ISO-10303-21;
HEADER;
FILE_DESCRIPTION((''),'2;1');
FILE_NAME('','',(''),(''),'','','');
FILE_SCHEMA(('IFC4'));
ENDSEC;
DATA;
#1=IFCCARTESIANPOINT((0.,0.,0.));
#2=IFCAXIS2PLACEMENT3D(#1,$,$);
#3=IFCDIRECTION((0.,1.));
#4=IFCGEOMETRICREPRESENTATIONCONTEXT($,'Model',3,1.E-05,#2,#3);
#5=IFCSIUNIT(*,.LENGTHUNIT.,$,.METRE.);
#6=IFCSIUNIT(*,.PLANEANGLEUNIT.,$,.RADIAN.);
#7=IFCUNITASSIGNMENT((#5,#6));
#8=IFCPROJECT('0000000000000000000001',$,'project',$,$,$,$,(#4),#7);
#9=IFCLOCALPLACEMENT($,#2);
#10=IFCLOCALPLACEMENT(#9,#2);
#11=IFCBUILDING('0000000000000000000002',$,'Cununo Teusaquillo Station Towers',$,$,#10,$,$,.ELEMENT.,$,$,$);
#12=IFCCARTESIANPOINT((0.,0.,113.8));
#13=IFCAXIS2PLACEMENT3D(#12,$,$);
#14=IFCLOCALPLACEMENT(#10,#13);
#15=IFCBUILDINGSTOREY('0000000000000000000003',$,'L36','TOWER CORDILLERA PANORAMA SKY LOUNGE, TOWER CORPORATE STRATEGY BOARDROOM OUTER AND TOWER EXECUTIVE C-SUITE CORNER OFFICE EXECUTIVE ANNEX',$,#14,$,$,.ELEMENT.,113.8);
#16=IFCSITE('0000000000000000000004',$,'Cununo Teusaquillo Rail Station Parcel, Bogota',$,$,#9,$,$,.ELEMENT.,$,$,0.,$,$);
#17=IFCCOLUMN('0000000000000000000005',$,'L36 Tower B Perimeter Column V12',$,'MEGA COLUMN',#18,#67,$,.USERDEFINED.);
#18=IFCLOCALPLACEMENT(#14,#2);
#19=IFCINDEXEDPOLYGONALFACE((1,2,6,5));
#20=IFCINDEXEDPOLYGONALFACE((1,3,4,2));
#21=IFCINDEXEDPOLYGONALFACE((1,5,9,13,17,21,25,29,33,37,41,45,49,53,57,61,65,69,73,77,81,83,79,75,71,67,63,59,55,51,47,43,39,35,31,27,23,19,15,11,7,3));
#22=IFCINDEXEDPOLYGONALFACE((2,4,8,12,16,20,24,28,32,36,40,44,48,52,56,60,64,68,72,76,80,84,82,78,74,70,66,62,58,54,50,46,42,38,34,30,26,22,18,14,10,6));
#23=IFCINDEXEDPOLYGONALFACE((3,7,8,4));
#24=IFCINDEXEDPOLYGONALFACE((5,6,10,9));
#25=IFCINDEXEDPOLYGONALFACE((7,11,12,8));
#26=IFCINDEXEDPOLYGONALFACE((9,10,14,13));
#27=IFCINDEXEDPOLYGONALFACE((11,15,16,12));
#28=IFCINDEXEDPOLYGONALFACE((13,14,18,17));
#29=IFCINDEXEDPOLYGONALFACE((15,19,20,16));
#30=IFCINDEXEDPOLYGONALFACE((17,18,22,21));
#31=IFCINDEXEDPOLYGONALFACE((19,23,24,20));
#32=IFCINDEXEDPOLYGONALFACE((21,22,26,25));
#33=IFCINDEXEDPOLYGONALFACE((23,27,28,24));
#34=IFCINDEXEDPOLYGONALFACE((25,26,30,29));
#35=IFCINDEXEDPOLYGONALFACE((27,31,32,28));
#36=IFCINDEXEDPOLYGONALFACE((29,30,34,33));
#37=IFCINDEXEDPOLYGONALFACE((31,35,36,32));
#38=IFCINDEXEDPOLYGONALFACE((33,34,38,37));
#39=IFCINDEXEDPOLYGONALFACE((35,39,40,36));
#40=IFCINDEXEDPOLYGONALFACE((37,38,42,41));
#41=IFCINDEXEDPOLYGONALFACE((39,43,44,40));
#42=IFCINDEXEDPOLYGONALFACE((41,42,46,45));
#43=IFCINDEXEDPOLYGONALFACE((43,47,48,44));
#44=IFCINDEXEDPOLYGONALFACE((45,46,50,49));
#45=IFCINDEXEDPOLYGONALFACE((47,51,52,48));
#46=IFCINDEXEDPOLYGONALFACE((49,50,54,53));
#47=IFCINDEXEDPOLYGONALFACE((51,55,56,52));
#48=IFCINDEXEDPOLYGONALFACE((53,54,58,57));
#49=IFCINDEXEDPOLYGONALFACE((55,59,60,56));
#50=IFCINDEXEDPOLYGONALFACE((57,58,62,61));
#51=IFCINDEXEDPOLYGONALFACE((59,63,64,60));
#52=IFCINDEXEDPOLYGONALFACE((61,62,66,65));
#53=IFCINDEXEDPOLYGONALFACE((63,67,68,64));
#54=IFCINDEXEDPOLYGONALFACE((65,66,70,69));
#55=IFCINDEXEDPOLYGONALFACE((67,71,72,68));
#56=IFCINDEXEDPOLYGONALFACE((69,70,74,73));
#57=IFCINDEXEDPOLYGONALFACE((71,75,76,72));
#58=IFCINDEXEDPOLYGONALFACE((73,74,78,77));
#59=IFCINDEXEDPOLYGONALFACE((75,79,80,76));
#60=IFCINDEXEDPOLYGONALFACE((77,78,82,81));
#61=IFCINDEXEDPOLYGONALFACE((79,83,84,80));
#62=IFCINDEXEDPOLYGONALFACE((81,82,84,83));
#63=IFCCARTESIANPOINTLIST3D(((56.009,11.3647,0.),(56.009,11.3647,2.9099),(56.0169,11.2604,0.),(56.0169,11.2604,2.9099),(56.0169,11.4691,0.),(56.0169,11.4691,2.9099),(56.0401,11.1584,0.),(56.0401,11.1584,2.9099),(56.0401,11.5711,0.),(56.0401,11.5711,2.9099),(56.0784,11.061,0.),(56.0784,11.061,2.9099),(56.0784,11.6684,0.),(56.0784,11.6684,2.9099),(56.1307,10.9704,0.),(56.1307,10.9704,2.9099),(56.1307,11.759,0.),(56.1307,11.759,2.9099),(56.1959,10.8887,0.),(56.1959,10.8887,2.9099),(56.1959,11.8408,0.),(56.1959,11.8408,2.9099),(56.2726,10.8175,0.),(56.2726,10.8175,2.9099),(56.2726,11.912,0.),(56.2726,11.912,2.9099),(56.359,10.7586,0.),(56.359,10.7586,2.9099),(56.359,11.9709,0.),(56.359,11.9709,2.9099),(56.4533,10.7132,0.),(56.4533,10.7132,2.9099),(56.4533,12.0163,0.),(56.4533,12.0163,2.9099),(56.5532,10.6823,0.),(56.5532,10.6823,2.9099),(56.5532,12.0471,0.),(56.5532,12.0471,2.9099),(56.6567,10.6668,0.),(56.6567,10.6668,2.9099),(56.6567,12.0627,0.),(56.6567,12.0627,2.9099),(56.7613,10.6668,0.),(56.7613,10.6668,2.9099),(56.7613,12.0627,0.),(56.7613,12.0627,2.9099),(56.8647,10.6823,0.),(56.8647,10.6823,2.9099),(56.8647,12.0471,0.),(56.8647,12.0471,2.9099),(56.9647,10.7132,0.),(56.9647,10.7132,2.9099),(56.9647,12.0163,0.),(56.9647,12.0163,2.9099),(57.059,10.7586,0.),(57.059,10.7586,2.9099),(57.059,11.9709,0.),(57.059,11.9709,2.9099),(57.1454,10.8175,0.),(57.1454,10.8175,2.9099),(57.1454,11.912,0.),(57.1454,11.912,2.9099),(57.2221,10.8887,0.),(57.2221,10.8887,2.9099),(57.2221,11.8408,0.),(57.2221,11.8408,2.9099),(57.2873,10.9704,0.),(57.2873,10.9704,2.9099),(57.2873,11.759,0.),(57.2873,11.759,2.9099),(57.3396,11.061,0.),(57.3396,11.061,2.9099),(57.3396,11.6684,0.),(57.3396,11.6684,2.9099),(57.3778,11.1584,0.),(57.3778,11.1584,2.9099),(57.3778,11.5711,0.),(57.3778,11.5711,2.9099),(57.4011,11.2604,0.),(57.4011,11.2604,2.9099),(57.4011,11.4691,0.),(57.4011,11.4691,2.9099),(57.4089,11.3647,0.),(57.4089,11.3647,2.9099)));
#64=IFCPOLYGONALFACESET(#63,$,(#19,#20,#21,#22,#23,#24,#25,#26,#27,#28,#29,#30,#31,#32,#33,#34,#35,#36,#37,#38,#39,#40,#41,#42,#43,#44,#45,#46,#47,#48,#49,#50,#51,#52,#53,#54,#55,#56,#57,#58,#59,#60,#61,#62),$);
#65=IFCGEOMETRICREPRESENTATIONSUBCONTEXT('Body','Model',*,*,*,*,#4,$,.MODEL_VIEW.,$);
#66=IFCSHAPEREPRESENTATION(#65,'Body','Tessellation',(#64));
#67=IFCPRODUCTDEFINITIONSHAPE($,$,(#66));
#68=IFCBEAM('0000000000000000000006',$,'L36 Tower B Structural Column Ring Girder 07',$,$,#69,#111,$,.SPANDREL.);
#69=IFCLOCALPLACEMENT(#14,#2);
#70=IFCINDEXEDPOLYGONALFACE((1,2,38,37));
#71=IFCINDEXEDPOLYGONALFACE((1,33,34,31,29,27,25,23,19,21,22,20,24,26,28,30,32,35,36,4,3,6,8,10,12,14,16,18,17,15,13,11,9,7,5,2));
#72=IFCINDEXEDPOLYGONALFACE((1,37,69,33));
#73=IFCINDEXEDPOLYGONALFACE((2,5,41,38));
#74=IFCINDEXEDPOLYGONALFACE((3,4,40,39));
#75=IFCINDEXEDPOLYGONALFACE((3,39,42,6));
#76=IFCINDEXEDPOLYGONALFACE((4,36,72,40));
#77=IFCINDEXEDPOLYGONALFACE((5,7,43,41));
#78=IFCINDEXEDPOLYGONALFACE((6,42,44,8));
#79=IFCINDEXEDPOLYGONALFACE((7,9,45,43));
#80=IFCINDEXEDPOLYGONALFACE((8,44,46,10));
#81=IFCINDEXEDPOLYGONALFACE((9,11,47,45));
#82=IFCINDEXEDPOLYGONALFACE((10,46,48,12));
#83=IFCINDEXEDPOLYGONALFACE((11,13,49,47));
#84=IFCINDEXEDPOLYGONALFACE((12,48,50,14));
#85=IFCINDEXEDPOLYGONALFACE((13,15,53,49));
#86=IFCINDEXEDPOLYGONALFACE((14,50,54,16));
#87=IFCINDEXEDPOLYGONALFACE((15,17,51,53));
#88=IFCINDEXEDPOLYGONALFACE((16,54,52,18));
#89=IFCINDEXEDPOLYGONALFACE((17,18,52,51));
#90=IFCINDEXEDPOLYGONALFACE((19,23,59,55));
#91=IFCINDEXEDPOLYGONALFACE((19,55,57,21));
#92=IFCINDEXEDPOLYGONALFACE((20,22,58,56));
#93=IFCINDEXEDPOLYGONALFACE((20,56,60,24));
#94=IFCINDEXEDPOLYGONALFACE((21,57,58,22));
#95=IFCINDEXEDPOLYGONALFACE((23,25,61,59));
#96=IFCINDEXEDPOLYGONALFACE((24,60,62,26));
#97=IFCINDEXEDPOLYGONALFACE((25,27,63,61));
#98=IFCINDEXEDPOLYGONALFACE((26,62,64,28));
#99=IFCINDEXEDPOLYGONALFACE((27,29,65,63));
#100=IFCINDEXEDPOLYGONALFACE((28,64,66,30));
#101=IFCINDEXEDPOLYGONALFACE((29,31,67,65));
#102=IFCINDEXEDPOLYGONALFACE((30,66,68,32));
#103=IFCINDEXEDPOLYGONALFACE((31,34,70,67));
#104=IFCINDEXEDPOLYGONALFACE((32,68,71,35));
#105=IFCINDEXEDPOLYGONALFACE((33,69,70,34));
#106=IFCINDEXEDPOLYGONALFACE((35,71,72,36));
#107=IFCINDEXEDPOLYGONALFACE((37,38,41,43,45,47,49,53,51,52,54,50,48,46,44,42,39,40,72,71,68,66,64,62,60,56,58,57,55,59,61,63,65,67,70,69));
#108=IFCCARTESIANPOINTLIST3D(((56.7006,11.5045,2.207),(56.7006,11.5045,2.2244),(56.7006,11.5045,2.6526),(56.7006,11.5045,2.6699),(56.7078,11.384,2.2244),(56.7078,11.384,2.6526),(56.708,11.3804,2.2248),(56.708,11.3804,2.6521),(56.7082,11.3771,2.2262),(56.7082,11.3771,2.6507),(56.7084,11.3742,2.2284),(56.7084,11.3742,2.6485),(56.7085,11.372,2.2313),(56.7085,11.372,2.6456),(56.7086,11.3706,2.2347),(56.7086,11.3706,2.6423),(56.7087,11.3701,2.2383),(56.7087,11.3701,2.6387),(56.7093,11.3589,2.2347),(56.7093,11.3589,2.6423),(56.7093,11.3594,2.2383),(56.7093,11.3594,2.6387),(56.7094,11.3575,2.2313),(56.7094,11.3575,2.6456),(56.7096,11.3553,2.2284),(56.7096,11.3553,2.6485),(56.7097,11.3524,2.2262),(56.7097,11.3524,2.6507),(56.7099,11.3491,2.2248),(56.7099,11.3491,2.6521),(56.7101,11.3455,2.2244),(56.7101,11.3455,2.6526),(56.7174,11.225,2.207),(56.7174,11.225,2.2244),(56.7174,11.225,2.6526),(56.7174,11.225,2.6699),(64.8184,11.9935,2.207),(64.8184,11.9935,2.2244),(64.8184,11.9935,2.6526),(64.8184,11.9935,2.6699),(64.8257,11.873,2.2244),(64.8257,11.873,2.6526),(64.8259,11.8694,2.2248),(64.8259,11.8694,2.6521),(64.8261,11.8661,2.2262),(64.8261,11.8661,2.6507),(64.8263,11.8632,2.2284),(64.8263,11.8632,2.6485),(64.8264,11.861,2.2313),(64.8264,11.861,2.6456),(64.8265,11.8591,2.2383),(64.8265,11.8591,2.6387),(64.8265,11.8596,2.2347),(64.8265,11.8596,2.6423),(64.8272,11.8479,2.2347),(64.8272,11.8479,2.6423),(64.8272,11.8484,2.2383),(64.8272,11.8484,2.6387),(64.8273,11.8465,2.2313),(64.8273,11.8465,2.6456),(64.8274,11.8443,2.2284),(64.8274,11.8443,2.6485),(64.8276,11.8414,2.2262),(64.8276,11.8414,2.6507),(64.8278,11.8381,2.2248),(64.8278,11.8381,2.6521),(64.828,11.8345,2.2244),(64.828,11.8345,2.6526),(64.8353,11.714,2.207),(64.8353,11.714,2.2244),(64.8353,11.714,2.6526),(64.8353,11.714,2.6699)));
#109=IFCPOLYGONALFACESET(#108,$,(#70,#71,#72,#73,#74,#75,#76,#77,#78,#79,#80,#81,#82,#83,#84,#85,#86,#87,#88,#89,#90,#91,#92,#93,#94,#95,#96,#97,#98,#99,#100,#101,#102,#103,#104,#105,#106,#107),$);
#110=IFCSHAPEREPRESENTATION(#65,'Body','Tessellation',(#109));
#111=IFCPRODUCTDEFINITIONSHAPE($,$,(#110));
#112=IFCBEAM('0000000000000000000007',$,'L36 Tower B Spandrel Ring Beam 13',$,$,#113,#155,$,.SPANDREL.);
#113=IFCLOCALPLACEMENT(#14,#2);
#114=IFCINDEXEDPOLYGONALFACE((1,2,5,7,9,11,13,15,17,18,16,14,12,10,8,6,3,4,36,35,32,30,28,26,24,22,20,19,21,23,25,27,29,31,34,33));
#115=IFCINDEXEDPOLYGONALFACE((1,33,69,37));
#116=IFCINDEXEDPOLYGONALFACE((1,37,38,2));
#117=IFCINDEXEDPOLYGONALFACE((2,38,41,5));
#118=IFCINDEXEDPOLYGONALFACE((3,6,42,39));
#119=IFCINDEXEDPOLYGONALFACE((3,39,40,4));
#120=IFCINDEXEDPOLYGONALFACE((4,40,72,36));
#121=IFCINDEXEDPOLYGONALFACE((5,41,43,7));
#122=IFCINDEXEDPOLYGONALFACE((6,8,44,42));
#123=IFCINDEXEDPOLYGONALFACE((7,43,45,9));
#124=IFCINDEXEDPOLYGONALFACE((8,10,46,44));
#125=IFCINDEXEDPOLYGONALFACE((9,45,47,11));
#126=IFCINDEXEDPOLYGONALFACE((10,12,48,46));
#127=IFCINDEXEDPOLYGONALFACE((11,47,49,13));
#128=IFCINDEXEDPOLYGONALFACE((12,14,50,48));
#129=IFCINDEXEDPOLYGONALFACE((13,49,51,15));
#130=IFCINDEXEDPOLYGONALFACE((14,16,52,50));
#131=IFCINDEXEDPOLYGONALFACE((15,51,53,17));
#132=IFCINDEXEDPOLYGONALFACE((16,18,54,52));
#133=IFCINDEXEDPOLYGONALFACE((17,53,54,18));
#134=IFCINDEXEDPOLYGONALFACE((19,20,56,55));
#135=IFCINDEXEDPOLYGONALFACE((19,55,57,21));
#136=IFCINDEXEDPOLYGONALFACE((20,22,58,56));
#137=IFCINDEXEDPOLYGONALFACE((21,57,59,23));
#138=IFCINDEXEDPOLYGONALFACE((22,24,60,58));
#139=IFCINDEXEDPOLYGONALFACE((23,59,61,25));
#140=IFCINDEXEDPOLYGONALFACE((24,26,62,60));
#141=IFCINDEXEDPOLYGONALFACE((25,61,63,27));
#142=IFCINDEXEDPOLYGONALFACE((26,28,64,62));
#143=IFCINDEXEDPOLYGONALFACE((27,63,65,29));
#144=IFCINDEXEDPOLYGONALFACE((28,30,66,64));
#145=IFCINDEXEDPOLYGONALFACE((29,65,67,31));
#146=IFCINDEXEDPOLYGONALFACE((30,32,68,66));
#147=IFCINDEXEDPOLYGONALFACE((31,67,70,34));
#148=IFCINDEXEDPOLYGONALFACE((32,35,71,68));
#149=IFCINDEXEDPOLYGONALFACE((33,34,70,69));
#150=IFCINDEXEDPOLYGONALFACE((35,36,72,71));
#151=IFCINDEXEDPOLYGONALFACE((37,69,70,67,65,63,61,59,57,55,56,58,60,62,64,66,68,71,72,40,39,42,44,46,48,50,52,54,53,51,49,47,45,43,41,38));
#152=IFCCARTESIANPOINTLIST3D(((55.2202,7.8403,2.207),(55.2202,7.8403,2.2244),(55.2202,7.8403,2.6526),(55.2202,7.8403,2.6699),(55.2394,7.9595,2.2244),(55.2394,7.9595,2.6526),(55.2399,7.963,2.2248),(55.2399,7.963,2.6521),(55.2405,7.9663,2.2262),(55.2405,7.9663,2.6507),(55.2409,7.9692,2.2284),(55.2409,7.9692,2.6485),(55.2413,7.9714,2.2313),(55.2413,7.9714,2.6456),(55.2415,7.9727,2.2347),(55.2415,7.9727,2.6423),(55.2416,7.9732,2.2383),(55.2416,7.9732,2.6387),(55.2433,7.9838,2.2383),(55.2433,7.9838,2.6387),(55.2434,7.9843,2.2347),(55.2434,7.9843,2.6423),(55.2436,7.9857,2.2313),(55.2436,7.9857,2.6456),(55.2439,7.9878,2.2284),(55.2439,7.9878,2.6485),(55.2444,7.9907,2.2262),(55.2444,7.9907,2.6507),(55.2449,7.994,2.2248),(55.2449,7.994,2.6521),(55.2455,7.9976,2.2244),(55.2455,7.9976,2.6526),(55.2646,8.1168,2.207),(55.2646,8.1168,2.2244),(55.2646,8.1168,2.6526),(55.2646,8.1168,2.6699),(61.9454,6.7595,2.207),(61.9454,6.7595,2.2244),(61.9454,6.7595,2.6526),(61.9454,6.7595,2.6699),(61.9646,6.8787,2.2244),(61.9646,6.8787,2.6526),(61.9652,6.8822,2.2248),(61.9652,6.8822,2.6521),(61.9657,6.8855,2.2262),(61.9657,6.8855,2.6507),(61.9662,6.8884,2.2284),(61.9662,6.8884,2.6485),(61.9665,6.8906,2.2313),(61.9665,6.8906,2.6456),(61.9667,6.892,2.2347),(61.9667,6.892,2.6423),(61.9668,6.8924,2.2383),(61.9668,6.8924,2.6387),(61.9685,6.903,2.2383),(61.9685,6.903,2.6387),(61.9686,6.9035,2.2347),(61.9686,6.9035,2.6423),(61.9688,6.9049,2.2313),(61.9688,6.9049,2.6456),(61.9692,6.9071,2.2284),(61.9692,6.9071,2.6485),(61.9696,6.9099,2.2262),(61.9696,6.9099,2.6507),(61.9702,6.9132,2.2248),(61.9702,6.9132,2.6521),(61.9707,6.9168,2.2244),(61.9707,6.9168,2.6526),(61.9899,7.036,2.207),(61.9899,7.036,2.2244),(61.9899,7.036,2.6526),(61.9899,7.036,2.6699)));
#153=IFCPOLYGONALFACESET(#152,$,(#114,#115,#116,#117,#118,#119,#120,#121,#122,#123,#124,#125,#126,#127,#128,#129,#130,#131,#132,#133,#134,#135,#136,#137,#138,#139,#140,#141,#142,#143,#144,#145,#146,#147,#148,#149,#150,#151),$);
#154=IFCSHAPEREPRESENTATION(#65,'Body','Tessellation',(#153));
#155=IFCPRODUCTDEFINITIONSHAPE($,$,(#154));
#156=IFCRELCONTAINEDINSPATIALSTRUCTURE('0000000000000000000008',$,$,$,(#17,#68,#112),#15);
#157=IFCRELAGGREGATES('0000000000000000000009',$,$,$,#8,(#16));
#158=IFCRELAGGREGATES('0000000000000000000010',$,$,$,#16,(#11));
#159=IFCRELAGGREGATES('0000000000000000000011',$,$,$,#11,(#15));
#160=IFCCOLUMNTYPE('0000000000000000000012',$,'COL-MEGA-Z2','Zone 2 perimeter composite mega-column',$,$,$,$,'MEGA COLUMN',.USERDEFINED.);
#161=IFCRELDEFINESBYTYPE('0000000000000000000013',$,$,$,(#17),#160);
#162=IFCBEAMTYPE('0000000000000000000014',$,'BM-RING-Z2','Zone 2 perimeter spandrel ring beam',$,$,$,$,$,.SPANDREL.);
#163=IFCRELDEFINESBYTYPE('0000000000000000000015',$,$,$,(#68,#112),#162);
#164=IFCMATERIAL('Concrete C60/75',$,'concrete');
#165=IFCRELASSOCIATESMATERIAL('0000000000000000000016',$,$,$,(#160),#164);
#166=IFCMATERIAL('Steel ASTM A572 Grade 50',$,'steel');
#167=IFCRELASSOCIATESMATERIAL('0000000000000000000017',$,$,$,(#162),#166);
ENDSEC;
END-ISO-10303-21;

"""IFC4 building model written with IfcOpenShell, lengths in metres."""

from ifc_helpers import new_model, si_unit, direction, frame, origin, origin_2d, place, context, subcontext, project, spatial, circle, i_section, extrude, material, material_profile, profile_set, type_object, element, save


model = new_model("IFC4")

# Units and contexts
model_context = context("Model", 3, precision=1e-05, world=origin(), true_north=direction((0.0, 1.0)))
body_context = subcontext(model_context, "Body", "Model", "MODEL_VIEW")
ifc_project = project(units=[si_unit("LENGTHUNIT", "METRE"), si_unit("PLANEANGLEUNIT", "RADIAN")], contexts=[model_context])

# Site, building, storey
site_placement = place(None, origin())
site = spatial("IfcSite", under=ifc_project, at=site_placement, Name="Cununo Teusaquillo Rail Station Parcel, Bogota", CompositionType="ELEMENT", RefElevation=0.0)
building_placement = place(site_placement, origin())
building = spatial("IfcBuilding", under=site, at=building_placement, Name="Cununo Teusaquillo Station Towers", CompositionType="ELEMENT")
storey_placement = place(building_placement, frame((0.0, 0.0, 113.8)))
storey = spatial("IfcBuildingStorey", under=building, at=storey_placement, Name="L36", Description="TOWER CORDILLERA PANORAMA SKY LOUNGE, TOWER CORPORATE STRATEGY BOARDROOM OUTER AND TOWER EXECUTIVE C-SUITE CORNER OFFICE EXECUTIVE ANNEX", CompositionType="ELEMENT", Elevation=113.8)

# Column
ifc_material_1 = material(Name="Concrete C60/75", Category="concrete")
ifc_material_profile_1 = material_profile(ifc_material_1, circle(Radius=0.7, at=origin_2d()), Name="RC-CIRC-1400")
ifc_profile_set_1 = profile_set([ifc_material_profile_1], Name="Concrete C60/75")
column_type = type_object("IfcColumnType", Name="COL-MEGA-Z2", Description="Zone 2 perimeter composite mega-column", ElementType="MEGA COLUMN", PredefinedType="USERDEFINED", material=ifc_profile_set_1)
column_placement = place(storey_placement, frame((56.709, 11.3647, 0.0), z_axis=(0.0, 0.0, 1.0), x_axis=(1.0, 0.0, 0.0)))
element("IfcColumn", 1, at=column_placement, inside=storey, type_object=column_type, Name="L36 Tower B Perimeter Column V12", ObjectType="MEGA COLUMN", PredefinedType="USERDEFINED", context=body_context, shape_type="SweptSolid", body=[
    extrude(circle(Radius=0.7, at=origin_2d()), origin(), (0.0, 0.0, 1.0), 2.9099),
])

# Beams
ifc_material_2 = material(Name="Steel ASTM A572 Grade 50", Category="steel")
ifc_material_profile_2 = material_profile(ifc_material_2, i_section(OverallWidth=0.28, OverallDepth=0.4629, WebThickness=0.0107, FlangeThickness=0.0173, FilletRadius=0.0139, at=origin_2d()), Name="W18X76")
ifc_profile_set_2 = profile_set([ifc_material_profile_2], Name="Steel ASTM A572 Grade 50")
beam_type = type_object("IfcBeamType", Name="BM-RING-Z2", Description="Zone 2 perimeter spandrel ring beam", PredefinedType="SPANDREL", material=ifc_profile_set_2)
beam_1_placement = place(storey_placement, frame((56.709, 11.3647, 2.4385), z_axis=(0.998191, 0.06013, 0.0), x_axis=(-0.06013, 0.998191, 0.0)))
element("IfcBeam", 2, at=beam_1_placement, inside=storey, type_object=beam_type, Name="L36 Tower B Structural Column Ring Girder 07", PredefinedType="SPANDREL", context=body_context, shape_type="SweptSolid", body=[
    extrude(i_section(OverallWidth=0.28, OverallDepth=0.4629, WebThickness=0.0107, FlangeThickness=0.0173, FilletRadius=0.0139, at=origin_2d()), origin(), (0.0, 0.0, 1.0), 8.1326),
])
beam_2_placement = place(storey_placement, frame((55.2424, 7.9785, 2.4385), z_axis=(0.987331, -0.158671, 0.0), x_axis=(0.158671, 0.987331, 0.0)))
element("IfcBeam", 3, at=beam_2_placement, inside=storey, type_object=beam_type, Name="L36 Tower B Spandrel Ring Beam 13", PredefinedType="SPANDREL", context=body_context, shape_type="SweptSolid", body=[
    extrude(i_section(OverallWidth=0.28, OverallDepth=0.4629, WebThickness=0.0107, FlangeThickness=0.0173, FilletRadius=0.0139, at=origin_2d()), origin(), (0.0, 0.0, 1.0), 6.8115),
])

save(model, "model.ifc")
